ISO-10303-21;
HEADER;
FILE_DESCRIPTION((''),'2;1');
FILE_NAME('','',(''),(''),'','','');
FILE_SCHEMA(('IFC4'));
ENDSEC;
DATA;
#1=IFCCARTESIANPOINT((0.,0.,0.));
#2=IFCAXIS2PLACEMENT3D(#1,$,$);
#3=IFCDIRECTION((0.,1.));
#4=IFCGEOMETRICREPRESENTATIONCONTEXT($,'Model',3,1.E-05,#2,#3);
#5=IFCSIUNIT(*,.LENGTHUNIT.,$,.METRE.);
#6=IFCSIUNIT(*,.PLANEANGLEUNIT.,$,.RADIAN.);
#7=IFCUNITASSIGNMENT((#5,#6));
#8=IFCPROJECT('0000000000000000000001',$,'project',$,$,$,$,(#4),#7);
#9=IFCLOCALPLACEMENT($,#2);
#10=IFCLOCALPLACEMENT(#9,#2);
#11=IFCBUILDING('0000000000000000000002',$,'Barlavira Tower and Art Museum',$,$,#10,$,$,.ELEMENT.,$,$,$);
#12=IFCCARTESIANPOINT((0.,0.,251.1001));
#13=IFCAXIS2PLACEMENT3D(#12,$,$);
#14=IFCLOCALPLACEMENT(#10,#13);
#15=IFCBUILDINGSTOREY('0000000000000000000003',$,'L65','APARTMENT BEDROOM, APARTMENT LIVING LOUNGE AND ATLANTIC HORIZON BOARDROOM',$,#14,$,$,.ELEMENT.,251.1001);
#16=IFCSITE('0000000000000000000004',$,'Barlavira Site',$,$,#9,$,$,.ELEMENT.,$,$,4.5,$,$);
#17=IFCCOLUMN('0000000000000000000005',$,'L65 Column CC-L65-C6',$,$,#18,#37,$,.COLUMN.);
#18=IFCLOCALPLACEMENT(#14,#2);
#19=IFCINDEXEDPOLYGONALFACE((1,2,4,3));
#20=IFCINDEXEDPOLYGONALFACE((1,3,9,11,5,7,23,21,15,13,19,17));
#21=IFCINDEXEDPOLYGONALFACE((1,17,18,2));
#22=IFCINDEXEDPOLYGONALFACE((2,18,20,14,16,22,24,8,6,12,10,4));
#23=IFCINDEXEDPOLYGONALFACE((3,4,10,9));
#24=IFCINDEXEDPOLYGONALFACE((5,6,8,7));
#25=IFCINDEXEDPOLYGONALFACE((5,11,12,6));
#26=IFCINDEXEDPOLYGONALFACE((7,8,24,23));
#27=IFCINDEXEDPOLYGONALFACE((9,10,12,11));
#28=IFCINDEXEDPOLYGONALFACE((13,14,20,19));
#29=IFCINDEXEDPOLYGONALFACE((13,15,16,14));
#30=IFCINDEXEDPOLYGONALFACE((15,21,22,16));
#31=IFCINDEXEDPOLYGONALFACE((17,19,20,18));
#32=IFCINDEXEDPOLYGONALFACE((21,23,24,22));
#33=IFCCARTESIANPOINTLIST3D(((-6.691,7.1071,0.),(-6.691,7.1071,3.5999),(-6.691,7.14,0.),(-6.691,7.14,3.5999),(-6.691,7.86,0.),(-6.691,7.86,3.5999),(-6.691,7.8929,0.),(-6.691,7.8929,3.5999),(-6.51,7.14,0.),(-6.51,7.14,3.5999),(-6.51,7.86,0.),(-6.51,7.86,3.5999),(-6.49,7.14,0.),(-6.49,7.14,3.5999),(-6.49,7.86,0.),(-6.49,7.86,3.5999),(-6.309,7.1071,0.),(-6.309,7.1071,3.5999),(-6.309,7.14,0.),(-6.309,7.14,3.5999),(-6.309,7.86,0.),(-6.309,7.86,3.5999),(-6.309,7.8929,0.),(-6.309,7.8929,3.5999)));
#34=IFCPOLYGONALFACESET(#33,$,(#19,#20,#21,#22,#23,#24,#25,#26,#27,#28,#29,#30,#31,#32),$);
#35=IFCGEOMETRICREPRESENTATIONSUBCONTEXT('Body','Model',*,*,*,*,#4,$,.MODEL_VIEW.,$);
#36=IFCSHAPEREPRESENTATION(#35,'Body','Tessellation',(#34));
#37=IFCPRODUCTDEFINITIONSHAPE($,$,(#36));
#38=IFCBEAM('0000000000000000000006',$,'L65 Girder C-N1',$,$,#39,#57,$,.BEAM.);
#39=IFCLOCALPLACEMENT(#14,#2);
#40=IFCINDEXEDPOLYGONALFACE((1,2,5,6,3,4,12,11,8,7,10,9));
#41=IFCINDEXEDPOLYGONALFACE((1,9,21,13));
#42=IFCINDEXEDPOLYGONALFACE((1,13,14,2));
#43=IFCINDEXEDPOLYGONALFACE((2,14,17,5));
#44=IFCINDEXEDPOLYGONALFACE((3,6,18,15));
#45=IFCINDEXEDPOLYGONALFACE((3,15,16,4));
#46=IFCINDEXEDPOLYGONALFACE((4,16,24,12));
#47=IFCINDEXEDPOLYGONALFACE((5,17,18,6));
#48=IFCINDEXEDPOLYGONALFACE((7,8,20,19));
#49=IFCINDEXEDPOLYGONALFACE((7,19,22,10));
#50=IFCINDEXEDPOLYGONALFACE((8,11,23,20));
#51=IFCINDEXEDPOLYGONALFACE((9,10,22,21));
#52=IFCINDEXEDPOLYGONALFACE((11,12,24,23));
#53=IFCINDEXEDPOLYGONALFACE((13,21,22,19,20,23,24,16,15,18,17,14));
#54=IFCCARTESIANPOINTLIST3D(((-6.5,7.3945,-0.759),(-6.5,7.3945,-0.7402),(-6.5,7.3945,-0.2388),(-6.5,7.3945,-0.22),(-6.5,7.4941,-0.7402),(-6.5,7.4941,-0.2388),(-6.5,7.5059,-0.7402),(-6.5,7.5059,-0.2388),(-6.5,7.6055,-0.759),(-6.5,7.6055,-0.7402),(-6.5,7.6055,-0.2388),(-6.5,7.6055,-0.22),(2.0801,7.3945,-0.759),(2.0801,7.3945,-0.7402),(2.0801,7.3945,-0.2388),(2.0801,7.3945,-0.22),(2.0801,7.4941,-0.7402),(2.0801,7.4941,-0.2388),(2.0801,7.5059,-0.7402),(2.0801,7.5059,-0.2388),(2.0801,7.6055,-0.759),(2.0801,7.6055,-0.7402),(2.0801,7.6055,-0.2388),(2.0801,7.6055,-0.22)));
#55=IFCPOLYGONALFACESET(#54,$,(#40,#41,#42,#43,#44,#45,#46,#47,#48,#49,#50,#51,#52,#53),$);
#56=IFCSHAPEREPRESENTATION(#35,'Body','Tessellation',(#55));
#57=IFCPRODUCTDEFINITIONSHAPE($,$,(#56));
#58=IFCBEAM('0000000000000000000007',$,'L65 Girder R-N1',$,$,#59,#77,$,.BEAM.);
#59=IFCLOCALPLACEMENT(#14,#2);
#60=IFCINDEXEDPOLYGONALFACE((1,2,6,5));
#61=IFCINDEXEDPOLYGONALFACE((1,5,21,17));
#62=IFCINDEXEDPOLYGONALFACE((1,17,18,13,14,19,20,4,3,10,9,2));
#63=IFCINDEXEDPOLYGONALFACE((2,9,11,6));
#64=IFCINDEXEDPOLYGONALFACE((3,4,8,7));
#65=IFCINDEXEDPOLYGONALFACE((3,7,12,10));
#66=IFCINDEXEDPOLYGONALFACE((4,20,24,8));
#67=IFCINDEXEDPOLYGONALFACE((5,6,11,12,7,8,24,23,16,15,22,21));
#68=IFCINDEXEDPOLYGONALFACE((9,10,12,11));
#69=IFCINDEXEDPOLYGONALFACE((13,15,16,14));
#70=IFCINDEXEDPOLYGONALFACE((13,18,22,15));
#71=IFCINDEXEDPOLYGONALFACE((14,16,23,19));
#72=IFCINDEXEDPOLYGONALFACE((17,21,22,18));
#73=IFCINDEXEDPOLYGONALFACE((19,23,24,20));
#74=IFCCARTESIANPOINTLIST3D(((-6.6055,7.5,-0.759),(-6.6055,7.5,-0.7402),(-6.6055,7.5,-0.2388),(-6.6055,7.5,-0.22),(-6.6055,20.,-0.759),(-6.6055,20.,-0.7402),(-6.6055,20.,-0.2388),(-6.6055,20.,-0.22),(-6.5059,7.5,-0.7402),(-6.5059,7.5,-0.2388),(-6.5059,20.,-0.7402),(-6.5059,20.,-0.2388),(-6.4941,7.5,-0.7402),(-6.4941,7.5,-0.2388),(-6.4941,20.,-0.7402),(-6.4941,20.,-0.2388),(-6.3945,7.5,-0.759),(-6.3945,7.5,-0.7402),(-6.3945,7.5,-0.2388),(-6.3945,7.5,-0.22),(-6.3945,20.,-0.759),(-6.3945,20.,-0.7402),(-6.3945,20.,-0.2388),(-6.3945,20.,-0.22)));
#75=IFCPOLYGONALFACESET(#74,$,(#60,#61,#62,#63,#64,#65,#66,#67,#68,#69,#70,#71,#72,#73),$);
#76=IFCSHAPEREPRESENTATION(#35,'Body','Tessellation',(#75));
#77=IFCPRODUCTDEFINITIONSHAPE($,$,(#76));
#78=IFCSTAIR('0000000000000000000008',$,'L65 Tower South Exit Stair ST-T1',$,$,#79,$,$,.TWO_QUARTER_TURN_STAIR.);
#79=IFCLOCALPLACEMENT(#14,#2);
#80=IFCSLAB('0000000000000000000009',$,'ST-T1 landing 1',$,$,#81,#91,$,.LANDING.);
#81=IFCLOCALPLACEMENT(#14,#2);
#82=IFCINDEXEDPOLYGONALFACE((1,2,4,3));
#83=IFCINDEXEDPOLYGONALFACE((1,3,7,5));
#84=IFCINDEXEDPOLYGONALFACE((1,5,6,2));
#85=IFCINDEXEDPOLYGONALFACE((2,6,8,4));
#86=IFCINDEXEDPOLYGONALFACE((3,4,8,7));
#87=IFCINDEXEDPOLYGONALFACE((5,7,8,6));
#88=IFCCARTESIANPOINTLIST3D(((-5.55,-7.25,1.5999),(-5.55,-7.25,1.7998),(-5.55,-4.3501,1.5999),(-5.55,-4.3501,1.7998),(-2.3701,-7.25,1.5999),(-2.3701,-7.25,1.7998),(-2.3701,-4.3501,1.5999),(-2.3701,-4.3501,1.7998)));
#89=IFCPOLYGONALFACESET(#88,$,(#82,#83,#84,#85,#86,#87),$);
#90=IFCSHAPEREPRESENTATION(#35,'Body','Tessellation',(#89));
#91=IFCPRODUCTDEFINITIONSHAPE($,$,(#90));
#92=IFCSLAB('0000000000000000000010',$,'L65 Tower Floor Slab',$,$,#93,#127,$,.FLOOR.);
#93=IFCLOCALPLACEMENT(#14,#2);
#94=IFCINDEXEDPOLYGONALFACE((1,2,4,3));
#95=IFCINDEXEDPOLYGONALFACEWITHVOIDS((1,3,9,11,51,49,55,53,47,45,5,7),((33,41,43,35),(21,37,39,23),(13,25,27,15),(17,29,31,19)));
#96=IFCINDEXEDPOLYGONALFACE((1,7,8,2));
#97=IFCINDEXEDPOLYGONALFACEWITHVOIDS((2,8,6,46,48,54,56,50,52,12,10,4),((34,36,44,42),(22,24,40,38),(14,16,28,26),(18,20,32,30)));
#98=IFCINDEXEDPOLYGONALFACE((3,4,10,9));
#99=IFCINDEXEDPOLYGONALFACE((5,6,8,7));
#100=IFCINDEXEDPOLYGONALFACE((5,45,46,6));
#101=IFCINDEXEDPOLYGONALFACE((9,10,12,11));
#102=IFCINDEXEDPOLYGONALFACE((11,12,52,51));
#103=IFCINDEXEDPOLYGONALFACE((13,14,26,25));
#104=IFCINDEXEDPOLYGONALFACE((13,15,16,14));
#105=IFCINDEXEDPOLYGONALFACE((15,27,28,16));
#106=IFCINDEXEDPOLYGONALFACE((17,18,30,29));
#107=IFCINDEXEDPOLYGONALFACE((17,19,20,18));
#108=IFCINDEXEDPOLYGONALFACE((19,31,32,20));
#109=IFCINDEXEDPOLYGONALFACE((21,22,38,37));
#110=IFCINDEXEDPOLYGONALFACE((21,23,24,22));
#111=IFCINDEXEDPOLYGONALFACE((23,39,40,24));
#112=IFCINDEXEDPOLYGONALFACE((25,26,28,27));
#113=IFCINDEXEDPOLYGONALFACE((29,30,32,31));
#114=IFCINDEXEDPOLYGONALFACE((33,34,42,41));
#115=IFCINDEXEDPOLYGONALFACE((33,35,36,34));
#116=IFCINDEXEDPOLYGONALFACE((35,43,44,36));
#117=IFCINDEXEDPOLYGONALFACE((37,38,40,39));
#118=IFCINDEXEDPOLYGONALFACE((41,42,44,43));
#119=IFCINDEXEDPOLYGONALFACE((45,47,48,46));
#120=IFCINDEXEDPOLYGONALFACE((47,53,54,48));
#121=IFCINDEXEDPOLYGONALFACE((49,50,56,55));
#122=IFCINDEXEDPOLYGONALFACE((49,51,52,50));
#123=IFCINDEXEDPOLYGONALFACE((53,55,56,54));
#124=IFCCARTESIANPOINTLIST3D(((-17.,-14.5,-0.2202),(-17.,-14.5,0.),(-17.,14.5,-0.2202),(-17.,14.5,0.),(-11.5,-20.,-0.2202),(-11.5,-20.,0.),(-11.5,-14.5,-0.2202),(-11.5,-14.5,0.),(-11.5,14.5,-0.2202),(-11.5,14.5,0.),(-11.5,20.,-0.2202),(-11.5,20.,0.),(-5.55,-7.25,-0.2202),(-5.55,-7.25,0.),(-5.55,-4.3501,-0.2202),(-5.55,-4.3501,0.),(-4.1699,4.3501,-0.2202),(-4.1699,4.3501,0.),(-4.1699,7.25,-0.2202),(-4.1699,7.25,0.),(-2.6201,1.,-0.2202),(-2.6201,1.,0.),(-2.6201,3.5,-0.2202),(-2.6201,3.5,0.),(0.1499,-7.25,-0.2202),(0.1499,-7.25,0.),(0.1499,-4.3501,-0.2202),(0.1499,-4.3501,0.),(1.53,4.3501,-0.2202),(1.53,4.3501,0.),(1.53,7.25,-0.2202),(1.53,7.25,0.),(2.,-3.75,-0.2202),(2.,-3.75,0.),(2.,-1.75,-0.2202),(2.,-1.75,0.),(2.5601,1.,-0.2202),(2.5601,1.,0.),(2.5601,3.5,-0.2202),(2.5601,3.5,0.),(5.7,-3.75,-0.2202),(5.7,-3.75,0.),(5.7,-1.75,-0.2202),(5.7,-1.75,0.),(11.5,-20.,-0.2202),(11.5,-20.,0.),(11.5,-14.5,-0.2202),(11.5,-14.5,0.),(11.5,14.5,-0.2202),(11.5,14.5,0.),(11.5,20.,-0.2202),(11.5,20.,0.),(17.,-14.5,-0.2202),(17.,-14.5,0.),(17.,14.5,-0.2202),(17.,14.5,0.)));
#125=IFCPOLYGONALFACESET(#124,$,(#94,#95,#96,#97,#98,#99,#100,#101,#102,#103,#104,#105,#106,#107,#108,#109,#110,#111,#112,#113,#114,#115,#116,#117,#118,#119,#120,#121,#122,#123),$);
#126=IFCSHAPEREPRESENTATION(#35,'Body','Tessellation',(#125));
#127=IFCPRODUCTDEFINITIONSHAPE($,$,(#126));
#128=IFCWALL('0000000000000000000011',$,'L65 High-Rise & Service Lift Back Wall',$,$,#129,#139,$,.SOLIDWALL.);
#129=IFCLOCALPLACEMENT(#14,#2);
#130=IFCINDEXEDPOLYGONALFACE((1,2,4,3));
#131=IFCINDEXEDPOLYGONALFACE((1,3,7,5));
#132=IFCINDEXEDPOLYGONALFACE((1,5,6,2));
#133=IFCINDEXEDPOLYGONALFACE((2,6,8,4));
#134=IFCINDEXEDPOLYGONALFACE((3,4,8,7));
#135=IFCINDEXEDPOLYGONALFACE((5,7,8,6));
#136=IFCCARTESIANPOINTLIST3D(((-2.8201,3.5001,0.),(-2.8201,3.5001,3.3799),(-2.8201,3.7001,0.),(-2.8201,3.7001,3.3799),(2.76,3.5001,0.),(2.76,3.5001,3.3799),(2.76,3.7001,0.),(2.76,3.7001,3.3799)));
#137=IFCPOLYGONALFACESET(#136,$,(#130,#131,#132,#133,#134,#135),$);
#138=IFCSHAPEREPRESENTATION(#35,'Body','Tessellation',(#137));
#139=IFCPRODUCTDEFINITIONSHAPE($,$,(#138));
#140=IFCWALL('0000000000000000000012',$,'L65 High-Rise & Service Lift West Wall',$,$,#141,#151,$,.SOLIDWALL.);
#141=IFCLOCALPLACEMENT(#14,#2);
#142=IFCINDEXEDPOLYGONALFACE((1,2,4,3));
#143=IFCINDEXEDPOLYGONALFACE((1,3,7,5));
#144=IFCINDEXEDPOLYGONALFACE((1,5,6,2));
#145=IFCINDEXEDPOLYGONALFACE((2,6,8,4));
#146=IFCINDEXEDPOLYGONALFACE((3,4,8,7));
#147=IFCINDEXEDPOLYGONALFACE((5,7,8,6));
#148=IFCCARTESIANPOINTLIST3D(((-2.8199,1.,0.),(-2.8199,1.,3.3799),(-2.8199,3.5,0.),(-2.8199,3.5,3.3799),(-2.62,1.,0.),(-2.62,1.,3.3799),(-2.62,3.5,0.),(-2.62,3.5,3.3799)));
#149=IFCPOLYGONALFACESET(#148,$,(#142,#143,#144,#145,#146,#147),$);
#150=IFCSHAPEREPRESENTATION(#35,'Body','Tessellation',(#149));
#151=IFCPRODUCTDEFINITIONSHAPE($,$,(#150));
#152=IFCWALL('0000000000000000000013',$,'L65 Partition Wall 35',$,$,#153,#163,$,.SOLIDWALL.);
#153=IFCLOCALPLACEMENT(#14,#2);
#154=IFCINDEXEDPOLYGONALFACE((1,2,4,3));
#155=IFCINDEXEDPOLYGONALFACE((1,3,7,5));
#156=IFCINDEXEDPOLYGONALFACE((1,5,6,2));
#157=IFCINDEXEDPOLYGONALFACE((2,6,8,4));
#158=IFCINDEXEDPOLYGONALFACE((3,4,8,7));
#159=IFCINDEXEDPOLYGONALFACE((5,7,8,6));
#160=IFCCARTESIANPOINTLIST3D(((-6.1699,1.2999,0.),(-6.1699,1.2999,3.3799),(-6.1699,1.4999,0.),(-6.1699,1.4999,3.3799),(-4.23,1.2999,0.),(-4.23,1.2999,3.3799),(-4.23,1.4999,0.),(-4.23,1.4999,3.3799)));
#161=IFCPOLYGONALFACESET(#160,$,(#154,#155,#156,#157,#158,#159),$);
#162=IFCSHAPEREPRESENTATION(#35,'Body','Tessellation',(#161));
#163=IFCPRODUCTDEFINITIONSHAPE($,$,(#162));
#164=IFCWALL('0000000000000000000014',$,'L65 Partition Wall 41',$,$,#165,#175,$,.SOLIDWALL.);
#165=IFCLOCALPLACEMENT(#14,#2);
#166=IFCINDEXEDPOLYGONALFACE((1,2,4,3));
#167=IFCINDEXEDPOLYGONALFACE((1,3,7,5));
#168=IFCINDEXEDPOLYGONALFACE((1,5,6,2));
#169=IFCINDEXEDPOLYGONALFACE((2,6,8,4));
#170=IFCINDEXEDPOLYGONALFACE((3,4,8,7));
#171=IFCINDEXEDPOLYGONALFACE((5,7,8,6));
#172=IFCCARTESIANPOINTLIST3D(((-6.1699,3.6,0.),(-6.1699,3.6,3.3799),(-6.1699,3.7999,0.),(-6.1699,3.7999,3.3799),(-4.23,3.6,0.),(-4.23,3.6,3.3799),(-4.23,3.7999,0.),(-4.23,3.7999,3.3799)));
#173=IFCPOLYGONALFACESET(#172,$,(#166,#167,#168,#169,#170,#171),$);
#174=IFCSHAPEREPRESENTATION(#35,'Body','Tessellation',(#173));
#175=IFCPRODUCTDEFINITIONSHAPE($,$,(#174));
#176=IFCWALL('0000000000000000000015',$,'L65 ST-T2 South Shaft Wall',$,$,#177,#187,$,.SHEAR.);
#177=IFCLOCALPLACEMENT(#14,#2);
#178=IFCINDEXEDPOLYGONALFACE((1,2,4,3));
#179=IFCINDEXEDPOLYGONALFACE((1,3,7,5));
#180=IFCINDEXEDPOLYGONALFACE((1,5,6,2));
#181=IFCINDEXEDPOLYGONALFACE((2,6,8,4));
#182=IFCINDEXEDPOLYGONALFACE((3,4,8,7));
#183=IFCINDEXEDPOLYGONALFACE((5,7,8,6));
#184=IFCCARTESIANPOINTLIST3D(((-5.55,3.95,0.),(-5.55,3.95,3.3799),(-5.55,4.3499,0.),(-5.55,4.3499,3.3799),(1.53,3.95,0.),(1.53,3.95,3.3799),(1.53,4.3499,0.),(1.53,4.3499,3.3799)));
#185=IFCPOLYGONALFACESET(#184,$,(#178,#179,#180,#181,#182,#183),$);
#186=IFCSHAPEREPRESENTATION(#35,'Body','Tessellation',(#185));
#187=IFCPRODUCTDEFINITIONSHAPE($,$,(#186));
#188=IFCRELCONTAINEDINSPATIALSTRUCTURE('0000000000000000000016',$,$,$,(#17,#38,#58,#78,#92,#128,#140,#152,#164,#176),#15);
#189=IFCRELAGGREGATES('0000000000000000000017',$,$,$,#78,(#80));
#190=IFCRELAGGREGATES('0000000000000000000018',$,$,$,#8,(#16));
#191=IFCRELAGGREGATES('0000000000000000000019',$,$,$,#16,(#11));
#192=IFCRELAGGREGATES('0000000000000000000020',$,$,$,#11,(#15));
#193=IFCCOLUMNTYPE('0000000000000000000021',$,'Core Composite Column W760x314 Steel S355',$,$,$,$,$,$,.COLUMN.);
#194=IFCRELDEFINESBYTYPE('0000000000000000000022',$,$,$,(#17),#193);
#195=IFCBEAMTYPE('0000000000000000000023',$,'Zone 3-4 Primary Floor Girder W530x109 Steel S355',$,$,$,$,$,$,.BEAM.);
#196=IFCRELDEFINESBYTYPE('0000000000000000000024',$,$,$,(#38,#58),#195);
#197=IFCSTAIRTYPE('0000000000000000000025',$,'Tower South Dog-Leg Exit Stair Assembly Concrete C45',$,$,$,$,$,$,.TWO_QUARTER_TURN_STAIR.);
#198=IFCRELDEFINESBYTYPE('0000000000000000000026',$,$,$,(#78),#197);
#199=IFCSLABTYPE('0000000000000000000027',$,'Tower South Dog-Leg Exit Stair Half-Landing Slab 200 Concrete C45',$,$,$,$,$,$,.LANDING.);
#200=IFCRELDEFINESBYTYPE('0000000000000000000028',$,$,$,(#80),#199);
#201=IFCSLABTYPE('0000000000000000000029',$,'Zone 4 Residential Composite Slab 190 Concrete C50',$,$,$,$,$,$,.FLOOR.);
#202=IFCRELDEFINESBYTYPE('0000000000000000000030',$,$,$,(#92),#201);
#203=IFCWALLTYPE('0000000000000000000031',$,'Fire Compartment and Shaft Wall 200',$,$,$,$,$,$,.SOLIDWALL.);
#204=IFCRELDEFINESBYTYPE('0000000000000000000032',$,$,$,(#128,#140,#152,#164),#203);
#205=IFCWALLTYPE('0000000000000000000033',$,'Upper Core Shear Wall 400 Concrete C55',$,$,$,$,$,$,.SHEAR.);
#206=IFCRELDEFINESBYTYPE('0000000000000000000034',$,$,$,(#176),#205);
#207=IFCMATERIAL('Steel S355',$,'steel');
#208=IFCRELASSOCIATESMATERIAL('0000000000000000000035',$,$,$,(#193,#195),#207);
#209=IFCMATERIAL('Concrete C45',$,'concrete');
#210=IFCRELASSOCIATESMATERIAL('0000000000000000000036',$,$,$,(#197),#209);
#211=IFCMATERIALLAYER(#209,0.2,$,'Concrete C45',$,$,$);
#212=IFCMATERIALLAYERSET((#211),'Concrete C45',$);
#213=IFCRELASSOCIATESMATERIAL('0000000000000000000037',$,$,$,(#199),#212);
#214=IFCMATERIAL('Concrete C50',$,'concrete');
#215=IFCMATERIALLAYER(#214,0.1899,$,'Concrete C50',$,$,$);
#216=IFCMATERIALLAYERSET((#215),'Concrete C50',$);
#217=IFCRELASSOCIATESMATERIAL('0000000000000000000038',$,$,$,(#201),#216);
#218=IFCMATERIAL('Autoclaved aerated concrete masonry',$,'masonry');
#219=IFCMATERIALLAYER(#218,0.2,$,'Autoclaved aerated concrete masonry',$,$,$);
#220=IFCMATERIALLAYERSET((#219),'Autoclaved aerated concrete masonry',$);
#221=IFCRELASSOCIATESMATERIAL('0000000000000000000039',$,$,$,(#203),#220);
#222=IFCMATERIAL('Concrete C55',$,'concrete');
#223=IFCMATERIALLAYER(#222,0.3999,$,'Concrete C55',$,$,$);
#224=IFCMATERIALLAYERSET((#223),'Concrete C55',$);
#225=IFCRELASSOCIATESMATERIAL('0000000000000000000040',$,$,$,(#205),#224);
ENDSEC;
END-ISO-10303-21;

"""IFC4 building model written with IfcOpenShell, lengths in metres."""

from ifc_helpers import new_model, si_unit, direction, frame, frame_2d, origin, origin_2d, place, context, subcontext, project, spatial, polyline, rectangle, i_section, outline, extrude, material, layer, layer_set, material_profile, profile_set, type_object, element, aggregate, save


model = new_model("IFC4")

# Units and contexts
model_context = context("Model", 3, precision=1e-05, world=origin(), true_north=direction((0.0, 1.0)))
body_context = subcontext(model_context, "Body", "Model", "MODEL_VIEW")
ifc_project = project(units=[si_unit("LENGTHUNIT", "METRE"), si_unit("PLANEANGLEUNIT", "RADIAN")], contexts=[model_context])

# Site, building, storey
site_placement = place(None, origin())
site = spatial("IfcSite", under=ifc_project, at=site_placement, Name="Barlavira Site", CompositionType="ELEMENT", RefElevation=4.5)
building_placement = place(site_placement, origin())
building = spatial("IfcBuilding", under=site, at=building_placement, Name="Barlavira Tower and Art Museum", CompositionType="ELEMENT")
storey_placement = place(building_placement, frame((0.0, 0.0, 251.1001)))
storey = spatial("IfcBuildingStorey", under=building, at=storey_placement, Name="L65", Description="APARTMENT BEDROOM, APARTMENT LIVING LOUNGE AND ATLANTIC HORIZON BOARDROOM", CompositionType="ELEMENT", Elevation=251.1001)

# Column
ifc_material_1 = material(Name="Steel S355", Category="steel")
ifc_material_profile_1 = material_profile(ifc_material_1, i_section(OverallWidth=0.3821, OverallDepth=0.7859, WebThickness=0.02, FlangeThickness=0.033, at=origin_2d()), Name="W760x314.0")
ifc_profile_set_1 = profile_set([ifc_material_profile_1], Name="Steel S355")
column_type = type_object("IfcColumnType", Name="Core Composite Column W760x314 Steel S355", PredefinedType="COLUMN", material=ifc_profile_set_1)
column_placement = place(storey_placement, frame((-6.5, 7.5, 0.0), z_axis=(0.0, 0.0, 1.0), x_axis=(1.0, 0.0, 0.0)))
element("IfcColumn", 1, at=column_placement, inside=storey, type_object=column_type, Name="L65 Column CC-L65-C6", PredefinedType="COLUMN", context=body_context, shape_type="SweptSolid", body=[
    extrude(i_section(OverallWidth=0.3821, OverallDepth=0.7859, WebThickness=0.02, FlangeThickness=0.033, at=origin_2d()), origin(), (0.0, 0.0, 1.0), 3.5999),
])

# Beams
ifc_material_profile_2 = material_profile(ifc_material_1, i_section(OverallWidth=0.2109, OverallDepth=0.5391, WebThickness=0.0117, FlangeThickness=0.0188, at=origin_2d()), Name="W530x109.0")
ifc_profile_set_2 = profile_set([ifc_material_profile_2], Name="Steel S355")
beam_type = type_object("IfcBeamType", Name="Zone 3-4 Primary Floor Girder W530x109 Steel S355", PredefinedType="BEAM", material=ifc_profile_set_2)
beam_1_placement = place(storey_placement, frame((-6.5, 7.5, -0.4895), z_axis=(1.0, 0.0, 0.0), x_axis=(0.0, 1.0, 0.0)))
element("IfcBeam", 2, at=beam_1_placement, inside=storey, type_object=beam_type, Name="L65 Girder C-N1", PredefinedType="BEAM", context=body_context, shape_type="SweptSolid", body=[
    extrude(i_section(OverallWidth=0.2109, OverallDepth=0.5391, WebThickness=0.0117, FlangeThickness=0.0188, at=origin_2d()), origin(), (0.0, 0.0, 1.0), 8.5801),
])
beam_2_placement = place(storey_placement, frame((-6.5, 7.5, -0.4895), z_axis=(0.0, 1.0, 0.0), x_axis=(-1.0, 0.0, 0.0)))
element("IfcBeam", 3, at=beam_2_placement, inside=storey, type_object=beam_type, Name="L65 Girder R-N1", PredefinedType="BEAM", context=body_context, shape_type="SweptSolid", body=[
    extrude(i_section(OverallWidth=0.2109, OverallDepth=0.5391, WebThickness=0.0117, FlangeThickness=0.0188, at=origin_2d()), origin(), (0.0, 0.0, 1.0), 12.5),
])

# Stair, slab
ifc_material_2 = material(Name="Concrete C45", Category="concrete")
stair_type_1 = type_object("IfcStairType", Name="Tower South Dog-Leg Exit Stair Assembly Concrete C45", PredefinedType="TWO_QUARTER_TURN_STAIR", material=ifc_material_2)
stair_1_placement = place(storey_placement, origin())
stair_1 = element("IfcStair", 4, at=stair_1_placement, inside=storey, type_object=stair_type_1, Name="L65 Tower South Exit Stair ST-T1", PredefinedType="TWO_QUARTER_TURN_STAIR")
ifc_layer_1 = layer(ifc_material_2, 0.2, Name="Concrete C45")
ifc_layer_set_1 = layer_set([ifc_layer_1], Name="Concrete C45")
slab_type_1 = type_object("IfcSlabType", Name="Tower South Dog-Leg Exit Stair Half-Landing Slab 200 Concrete C45", PredefinedType="LANDING", material=ifc_layer_set_1)
slab_1_placement = place(storey_placement, frame((0.0, 0.0, 1.5999)))
slab_1 = element("IfcSlab", 5, at=slab_1_placement, type_object=slab_type_1, Name="ST-T1 landing 1", PredefinedType="LANDING", context=body_context, shape_type="SweptSolid", body=[
    extrude(outline(polyline([(-2.3701, -4.3501), (-5.55, -4.3501), (-5.55, -7.25), (-2.3701, -7.25), (-2.3701, -4.3501)])), origin(), (0.0, 0.0, 1.0), 0.2),
])
aggregate(stair_1, [slab_1])

# Slab
ifc_material_3 = material(Name="Concrete C50", Category="concrete")
ifc_layer_2 = layer(ifc_material_3, 0.1899, Name="Concrete C50")
ifc_layer_set_2 = layer_set([ifc_layer_2], Name="Concrete C50")
slab_type_2 = type_object("IfcSlabType", Name="Zone 4 Residential Composite Slab 190 Concrete C50", PredefinedType="FLOOR", material=ifc_layer_set_2)
slab_2_placement = place(storey_placement, frame((0.0, 0.0, -0.2202)))
element("IfcSlab", 6, at=slab_2_placement, inside=storey, type_object=slab_type_2, Name="L65 Tower Floor Slab", PredefinedType="FLOOR", context=body_context, shape_type="SweptSolid", body=[
    extrude(outline(polyline([(-11.5, -20.0), (11.5, -20.0), (11.5, -14.5), (17.0, -14.5), (17.0, 14.5), (11.5, 14.5), (11.5, 20.0), (-11.5, 20.0), (-11.5, 14.5), (-17.0, 14.5), (-17.0, -14.5), (-11.5, -14.5), (-11.5, -20.0)]), holes=[polyline([(0.1499, -4.3501), (-5.55, -4.3501), (-5.55, -7.25), (0.1499, -7.25), (0.1499, -4.3501)]), polyline([(-4.1699, 4.3501), (1.53, 4.3501), (1.53, 7.25), (-4.1699, 7.25), (-4.1699, 4.3501)]), polyline([(-2.6201, 1.0), (2.5601, 1.0), (2.5601, 3.5), (-2.6201, 3.5), (-2.6201, 1.0)]), polyline([(2.0, -3.75), (5.7, -3.75), (5.7, -1.75), (2.0, -1.75), (2.0, -3.75)])]), origin(), (0.0, 0.0, 1.0), 0.2202),
])

# Shared definitions
ifc_material_4 = material(Name="Autoclaved aerated concrete masonry", Category="masonry")
ifc_layer_3 = layer(ifc_material_4, 0.2, Name="Autoclaved aerated concrete masonry")
ifc_layer_set_3 = layer_set([ifc_layer_3], Name="Autoclaved aerated concrete masonry")
wall_type_1 = type_object("IfcWallType", Name="Fire Compartment and Shaft Wall 200", PredefinedType="SOLIDWALL", material=ifc_layer_set_3)

# Walls
wall_1_placement = place(storey_placement, frame((-2.8201, 3.6001, 0.0), z_axis=(0.0, 0.0, 1.0), x_axis=(1.0, 0.0, 0.0)))
element("IfcWall", 7, at=wall_1_placement, inside=storey, type_object=wall_type_1, Name="L65 High-Rise & Service Lift Back Wall", PredefinedType="SOLIDWALL", context=body_context, shape_type="SweptSolid", body=[
    extrude(rectangle(XDim=5.5801, YDim=0.2, at=frame_2d((2.79, 0.0))), origin(), (0.0, 0.0, 1.0), 3.3799),
])
wall_2_placement = place(storey_placement, frame((-2.72, 1.0, 0.0), z_axis=(0.0, 0.0, 1.0), x_axis=(0.0, 1.0, 0.0)))
element("IfcWall", 8, at=wall_2_placement, inside=storey, type_object=wall_type_1, Name="L65 High-Rise & Service Lift West Wall", PredefinedType="SOLIDWALL", context=body_context, shape_type="SweptSolid", body=[
    extrude(rectangle(XDim=2.5, YDim=0.2, at=frame_2d((1.25, 0.0))), origin(), (0.0, 0.0, 1.0), 3.3799),
])
for number, where, z_axis, x_axis, name in (
    (9, (-6.1699, 1.3999, 0.0), (0.0, 0.0, 1.0), (1.0, 0.0, 0.0), "L65 Partition Wall 35"),
    (10, (-6.1699, 3.7, 0.0), (0.0, 0.0, 1.0), (1.0, 0.0, 0.0), "L65 Partition Wall 41"),
):
    element("IfcWall", number, at=place(storey_placement, frame(where, z_axis=z_axis, x_axis=x_axis)), inside=storey, type_object=wall_type_1, Name=name, PredefinedType="SOLIDWALL", context=body_context, shape_type="SweptSolid", body=[
        extrude(rectangle(XDim=1.9399, YDim=0.2, at=frame_2d((0.97, 0.0))), origin(), (0.0, 0.0, 1.0), 3.3799),
    ])
ifc_material_5 = material(Name="Concrete C55", Category="concrete")
ifc_layer_4 = layer(ifc_material_5, 0.3999, Name="Concrete C55")
ifc_layer_set_4 = layer_set([ifc_layer_4], Name="Concrete C55")
wall_type_2 = type_object("IfcWallType", Name="Upper Core Shear Wall 400 Concrete C55", PredefinedType="SHEAR", material=ifc_layer_set_4)
wall_3_placement = place(storey_placement, frame((-5.55, 4.1499, 0.0), z_axis=(0.0, 0.0, 1.0), x_axis=(1.0, 0.0, 0.0)))
element("IfcWall", 11, at=wall_3_placement, inside=storey, type_object=wall_type_2, Name="L65 ST-T2 South Shaft Wall", PredefinedType="SHEAR", context=body_context, shape_type="SweptSolid", body=[
    extrude(rectangle(XDim=7.0801, YDim=0.3999, at=frame_2d((3.54, 0.0))), origin(), (0.0, 0.0, 1.0), 3.3799),
])

save(model, "model.ifc")
